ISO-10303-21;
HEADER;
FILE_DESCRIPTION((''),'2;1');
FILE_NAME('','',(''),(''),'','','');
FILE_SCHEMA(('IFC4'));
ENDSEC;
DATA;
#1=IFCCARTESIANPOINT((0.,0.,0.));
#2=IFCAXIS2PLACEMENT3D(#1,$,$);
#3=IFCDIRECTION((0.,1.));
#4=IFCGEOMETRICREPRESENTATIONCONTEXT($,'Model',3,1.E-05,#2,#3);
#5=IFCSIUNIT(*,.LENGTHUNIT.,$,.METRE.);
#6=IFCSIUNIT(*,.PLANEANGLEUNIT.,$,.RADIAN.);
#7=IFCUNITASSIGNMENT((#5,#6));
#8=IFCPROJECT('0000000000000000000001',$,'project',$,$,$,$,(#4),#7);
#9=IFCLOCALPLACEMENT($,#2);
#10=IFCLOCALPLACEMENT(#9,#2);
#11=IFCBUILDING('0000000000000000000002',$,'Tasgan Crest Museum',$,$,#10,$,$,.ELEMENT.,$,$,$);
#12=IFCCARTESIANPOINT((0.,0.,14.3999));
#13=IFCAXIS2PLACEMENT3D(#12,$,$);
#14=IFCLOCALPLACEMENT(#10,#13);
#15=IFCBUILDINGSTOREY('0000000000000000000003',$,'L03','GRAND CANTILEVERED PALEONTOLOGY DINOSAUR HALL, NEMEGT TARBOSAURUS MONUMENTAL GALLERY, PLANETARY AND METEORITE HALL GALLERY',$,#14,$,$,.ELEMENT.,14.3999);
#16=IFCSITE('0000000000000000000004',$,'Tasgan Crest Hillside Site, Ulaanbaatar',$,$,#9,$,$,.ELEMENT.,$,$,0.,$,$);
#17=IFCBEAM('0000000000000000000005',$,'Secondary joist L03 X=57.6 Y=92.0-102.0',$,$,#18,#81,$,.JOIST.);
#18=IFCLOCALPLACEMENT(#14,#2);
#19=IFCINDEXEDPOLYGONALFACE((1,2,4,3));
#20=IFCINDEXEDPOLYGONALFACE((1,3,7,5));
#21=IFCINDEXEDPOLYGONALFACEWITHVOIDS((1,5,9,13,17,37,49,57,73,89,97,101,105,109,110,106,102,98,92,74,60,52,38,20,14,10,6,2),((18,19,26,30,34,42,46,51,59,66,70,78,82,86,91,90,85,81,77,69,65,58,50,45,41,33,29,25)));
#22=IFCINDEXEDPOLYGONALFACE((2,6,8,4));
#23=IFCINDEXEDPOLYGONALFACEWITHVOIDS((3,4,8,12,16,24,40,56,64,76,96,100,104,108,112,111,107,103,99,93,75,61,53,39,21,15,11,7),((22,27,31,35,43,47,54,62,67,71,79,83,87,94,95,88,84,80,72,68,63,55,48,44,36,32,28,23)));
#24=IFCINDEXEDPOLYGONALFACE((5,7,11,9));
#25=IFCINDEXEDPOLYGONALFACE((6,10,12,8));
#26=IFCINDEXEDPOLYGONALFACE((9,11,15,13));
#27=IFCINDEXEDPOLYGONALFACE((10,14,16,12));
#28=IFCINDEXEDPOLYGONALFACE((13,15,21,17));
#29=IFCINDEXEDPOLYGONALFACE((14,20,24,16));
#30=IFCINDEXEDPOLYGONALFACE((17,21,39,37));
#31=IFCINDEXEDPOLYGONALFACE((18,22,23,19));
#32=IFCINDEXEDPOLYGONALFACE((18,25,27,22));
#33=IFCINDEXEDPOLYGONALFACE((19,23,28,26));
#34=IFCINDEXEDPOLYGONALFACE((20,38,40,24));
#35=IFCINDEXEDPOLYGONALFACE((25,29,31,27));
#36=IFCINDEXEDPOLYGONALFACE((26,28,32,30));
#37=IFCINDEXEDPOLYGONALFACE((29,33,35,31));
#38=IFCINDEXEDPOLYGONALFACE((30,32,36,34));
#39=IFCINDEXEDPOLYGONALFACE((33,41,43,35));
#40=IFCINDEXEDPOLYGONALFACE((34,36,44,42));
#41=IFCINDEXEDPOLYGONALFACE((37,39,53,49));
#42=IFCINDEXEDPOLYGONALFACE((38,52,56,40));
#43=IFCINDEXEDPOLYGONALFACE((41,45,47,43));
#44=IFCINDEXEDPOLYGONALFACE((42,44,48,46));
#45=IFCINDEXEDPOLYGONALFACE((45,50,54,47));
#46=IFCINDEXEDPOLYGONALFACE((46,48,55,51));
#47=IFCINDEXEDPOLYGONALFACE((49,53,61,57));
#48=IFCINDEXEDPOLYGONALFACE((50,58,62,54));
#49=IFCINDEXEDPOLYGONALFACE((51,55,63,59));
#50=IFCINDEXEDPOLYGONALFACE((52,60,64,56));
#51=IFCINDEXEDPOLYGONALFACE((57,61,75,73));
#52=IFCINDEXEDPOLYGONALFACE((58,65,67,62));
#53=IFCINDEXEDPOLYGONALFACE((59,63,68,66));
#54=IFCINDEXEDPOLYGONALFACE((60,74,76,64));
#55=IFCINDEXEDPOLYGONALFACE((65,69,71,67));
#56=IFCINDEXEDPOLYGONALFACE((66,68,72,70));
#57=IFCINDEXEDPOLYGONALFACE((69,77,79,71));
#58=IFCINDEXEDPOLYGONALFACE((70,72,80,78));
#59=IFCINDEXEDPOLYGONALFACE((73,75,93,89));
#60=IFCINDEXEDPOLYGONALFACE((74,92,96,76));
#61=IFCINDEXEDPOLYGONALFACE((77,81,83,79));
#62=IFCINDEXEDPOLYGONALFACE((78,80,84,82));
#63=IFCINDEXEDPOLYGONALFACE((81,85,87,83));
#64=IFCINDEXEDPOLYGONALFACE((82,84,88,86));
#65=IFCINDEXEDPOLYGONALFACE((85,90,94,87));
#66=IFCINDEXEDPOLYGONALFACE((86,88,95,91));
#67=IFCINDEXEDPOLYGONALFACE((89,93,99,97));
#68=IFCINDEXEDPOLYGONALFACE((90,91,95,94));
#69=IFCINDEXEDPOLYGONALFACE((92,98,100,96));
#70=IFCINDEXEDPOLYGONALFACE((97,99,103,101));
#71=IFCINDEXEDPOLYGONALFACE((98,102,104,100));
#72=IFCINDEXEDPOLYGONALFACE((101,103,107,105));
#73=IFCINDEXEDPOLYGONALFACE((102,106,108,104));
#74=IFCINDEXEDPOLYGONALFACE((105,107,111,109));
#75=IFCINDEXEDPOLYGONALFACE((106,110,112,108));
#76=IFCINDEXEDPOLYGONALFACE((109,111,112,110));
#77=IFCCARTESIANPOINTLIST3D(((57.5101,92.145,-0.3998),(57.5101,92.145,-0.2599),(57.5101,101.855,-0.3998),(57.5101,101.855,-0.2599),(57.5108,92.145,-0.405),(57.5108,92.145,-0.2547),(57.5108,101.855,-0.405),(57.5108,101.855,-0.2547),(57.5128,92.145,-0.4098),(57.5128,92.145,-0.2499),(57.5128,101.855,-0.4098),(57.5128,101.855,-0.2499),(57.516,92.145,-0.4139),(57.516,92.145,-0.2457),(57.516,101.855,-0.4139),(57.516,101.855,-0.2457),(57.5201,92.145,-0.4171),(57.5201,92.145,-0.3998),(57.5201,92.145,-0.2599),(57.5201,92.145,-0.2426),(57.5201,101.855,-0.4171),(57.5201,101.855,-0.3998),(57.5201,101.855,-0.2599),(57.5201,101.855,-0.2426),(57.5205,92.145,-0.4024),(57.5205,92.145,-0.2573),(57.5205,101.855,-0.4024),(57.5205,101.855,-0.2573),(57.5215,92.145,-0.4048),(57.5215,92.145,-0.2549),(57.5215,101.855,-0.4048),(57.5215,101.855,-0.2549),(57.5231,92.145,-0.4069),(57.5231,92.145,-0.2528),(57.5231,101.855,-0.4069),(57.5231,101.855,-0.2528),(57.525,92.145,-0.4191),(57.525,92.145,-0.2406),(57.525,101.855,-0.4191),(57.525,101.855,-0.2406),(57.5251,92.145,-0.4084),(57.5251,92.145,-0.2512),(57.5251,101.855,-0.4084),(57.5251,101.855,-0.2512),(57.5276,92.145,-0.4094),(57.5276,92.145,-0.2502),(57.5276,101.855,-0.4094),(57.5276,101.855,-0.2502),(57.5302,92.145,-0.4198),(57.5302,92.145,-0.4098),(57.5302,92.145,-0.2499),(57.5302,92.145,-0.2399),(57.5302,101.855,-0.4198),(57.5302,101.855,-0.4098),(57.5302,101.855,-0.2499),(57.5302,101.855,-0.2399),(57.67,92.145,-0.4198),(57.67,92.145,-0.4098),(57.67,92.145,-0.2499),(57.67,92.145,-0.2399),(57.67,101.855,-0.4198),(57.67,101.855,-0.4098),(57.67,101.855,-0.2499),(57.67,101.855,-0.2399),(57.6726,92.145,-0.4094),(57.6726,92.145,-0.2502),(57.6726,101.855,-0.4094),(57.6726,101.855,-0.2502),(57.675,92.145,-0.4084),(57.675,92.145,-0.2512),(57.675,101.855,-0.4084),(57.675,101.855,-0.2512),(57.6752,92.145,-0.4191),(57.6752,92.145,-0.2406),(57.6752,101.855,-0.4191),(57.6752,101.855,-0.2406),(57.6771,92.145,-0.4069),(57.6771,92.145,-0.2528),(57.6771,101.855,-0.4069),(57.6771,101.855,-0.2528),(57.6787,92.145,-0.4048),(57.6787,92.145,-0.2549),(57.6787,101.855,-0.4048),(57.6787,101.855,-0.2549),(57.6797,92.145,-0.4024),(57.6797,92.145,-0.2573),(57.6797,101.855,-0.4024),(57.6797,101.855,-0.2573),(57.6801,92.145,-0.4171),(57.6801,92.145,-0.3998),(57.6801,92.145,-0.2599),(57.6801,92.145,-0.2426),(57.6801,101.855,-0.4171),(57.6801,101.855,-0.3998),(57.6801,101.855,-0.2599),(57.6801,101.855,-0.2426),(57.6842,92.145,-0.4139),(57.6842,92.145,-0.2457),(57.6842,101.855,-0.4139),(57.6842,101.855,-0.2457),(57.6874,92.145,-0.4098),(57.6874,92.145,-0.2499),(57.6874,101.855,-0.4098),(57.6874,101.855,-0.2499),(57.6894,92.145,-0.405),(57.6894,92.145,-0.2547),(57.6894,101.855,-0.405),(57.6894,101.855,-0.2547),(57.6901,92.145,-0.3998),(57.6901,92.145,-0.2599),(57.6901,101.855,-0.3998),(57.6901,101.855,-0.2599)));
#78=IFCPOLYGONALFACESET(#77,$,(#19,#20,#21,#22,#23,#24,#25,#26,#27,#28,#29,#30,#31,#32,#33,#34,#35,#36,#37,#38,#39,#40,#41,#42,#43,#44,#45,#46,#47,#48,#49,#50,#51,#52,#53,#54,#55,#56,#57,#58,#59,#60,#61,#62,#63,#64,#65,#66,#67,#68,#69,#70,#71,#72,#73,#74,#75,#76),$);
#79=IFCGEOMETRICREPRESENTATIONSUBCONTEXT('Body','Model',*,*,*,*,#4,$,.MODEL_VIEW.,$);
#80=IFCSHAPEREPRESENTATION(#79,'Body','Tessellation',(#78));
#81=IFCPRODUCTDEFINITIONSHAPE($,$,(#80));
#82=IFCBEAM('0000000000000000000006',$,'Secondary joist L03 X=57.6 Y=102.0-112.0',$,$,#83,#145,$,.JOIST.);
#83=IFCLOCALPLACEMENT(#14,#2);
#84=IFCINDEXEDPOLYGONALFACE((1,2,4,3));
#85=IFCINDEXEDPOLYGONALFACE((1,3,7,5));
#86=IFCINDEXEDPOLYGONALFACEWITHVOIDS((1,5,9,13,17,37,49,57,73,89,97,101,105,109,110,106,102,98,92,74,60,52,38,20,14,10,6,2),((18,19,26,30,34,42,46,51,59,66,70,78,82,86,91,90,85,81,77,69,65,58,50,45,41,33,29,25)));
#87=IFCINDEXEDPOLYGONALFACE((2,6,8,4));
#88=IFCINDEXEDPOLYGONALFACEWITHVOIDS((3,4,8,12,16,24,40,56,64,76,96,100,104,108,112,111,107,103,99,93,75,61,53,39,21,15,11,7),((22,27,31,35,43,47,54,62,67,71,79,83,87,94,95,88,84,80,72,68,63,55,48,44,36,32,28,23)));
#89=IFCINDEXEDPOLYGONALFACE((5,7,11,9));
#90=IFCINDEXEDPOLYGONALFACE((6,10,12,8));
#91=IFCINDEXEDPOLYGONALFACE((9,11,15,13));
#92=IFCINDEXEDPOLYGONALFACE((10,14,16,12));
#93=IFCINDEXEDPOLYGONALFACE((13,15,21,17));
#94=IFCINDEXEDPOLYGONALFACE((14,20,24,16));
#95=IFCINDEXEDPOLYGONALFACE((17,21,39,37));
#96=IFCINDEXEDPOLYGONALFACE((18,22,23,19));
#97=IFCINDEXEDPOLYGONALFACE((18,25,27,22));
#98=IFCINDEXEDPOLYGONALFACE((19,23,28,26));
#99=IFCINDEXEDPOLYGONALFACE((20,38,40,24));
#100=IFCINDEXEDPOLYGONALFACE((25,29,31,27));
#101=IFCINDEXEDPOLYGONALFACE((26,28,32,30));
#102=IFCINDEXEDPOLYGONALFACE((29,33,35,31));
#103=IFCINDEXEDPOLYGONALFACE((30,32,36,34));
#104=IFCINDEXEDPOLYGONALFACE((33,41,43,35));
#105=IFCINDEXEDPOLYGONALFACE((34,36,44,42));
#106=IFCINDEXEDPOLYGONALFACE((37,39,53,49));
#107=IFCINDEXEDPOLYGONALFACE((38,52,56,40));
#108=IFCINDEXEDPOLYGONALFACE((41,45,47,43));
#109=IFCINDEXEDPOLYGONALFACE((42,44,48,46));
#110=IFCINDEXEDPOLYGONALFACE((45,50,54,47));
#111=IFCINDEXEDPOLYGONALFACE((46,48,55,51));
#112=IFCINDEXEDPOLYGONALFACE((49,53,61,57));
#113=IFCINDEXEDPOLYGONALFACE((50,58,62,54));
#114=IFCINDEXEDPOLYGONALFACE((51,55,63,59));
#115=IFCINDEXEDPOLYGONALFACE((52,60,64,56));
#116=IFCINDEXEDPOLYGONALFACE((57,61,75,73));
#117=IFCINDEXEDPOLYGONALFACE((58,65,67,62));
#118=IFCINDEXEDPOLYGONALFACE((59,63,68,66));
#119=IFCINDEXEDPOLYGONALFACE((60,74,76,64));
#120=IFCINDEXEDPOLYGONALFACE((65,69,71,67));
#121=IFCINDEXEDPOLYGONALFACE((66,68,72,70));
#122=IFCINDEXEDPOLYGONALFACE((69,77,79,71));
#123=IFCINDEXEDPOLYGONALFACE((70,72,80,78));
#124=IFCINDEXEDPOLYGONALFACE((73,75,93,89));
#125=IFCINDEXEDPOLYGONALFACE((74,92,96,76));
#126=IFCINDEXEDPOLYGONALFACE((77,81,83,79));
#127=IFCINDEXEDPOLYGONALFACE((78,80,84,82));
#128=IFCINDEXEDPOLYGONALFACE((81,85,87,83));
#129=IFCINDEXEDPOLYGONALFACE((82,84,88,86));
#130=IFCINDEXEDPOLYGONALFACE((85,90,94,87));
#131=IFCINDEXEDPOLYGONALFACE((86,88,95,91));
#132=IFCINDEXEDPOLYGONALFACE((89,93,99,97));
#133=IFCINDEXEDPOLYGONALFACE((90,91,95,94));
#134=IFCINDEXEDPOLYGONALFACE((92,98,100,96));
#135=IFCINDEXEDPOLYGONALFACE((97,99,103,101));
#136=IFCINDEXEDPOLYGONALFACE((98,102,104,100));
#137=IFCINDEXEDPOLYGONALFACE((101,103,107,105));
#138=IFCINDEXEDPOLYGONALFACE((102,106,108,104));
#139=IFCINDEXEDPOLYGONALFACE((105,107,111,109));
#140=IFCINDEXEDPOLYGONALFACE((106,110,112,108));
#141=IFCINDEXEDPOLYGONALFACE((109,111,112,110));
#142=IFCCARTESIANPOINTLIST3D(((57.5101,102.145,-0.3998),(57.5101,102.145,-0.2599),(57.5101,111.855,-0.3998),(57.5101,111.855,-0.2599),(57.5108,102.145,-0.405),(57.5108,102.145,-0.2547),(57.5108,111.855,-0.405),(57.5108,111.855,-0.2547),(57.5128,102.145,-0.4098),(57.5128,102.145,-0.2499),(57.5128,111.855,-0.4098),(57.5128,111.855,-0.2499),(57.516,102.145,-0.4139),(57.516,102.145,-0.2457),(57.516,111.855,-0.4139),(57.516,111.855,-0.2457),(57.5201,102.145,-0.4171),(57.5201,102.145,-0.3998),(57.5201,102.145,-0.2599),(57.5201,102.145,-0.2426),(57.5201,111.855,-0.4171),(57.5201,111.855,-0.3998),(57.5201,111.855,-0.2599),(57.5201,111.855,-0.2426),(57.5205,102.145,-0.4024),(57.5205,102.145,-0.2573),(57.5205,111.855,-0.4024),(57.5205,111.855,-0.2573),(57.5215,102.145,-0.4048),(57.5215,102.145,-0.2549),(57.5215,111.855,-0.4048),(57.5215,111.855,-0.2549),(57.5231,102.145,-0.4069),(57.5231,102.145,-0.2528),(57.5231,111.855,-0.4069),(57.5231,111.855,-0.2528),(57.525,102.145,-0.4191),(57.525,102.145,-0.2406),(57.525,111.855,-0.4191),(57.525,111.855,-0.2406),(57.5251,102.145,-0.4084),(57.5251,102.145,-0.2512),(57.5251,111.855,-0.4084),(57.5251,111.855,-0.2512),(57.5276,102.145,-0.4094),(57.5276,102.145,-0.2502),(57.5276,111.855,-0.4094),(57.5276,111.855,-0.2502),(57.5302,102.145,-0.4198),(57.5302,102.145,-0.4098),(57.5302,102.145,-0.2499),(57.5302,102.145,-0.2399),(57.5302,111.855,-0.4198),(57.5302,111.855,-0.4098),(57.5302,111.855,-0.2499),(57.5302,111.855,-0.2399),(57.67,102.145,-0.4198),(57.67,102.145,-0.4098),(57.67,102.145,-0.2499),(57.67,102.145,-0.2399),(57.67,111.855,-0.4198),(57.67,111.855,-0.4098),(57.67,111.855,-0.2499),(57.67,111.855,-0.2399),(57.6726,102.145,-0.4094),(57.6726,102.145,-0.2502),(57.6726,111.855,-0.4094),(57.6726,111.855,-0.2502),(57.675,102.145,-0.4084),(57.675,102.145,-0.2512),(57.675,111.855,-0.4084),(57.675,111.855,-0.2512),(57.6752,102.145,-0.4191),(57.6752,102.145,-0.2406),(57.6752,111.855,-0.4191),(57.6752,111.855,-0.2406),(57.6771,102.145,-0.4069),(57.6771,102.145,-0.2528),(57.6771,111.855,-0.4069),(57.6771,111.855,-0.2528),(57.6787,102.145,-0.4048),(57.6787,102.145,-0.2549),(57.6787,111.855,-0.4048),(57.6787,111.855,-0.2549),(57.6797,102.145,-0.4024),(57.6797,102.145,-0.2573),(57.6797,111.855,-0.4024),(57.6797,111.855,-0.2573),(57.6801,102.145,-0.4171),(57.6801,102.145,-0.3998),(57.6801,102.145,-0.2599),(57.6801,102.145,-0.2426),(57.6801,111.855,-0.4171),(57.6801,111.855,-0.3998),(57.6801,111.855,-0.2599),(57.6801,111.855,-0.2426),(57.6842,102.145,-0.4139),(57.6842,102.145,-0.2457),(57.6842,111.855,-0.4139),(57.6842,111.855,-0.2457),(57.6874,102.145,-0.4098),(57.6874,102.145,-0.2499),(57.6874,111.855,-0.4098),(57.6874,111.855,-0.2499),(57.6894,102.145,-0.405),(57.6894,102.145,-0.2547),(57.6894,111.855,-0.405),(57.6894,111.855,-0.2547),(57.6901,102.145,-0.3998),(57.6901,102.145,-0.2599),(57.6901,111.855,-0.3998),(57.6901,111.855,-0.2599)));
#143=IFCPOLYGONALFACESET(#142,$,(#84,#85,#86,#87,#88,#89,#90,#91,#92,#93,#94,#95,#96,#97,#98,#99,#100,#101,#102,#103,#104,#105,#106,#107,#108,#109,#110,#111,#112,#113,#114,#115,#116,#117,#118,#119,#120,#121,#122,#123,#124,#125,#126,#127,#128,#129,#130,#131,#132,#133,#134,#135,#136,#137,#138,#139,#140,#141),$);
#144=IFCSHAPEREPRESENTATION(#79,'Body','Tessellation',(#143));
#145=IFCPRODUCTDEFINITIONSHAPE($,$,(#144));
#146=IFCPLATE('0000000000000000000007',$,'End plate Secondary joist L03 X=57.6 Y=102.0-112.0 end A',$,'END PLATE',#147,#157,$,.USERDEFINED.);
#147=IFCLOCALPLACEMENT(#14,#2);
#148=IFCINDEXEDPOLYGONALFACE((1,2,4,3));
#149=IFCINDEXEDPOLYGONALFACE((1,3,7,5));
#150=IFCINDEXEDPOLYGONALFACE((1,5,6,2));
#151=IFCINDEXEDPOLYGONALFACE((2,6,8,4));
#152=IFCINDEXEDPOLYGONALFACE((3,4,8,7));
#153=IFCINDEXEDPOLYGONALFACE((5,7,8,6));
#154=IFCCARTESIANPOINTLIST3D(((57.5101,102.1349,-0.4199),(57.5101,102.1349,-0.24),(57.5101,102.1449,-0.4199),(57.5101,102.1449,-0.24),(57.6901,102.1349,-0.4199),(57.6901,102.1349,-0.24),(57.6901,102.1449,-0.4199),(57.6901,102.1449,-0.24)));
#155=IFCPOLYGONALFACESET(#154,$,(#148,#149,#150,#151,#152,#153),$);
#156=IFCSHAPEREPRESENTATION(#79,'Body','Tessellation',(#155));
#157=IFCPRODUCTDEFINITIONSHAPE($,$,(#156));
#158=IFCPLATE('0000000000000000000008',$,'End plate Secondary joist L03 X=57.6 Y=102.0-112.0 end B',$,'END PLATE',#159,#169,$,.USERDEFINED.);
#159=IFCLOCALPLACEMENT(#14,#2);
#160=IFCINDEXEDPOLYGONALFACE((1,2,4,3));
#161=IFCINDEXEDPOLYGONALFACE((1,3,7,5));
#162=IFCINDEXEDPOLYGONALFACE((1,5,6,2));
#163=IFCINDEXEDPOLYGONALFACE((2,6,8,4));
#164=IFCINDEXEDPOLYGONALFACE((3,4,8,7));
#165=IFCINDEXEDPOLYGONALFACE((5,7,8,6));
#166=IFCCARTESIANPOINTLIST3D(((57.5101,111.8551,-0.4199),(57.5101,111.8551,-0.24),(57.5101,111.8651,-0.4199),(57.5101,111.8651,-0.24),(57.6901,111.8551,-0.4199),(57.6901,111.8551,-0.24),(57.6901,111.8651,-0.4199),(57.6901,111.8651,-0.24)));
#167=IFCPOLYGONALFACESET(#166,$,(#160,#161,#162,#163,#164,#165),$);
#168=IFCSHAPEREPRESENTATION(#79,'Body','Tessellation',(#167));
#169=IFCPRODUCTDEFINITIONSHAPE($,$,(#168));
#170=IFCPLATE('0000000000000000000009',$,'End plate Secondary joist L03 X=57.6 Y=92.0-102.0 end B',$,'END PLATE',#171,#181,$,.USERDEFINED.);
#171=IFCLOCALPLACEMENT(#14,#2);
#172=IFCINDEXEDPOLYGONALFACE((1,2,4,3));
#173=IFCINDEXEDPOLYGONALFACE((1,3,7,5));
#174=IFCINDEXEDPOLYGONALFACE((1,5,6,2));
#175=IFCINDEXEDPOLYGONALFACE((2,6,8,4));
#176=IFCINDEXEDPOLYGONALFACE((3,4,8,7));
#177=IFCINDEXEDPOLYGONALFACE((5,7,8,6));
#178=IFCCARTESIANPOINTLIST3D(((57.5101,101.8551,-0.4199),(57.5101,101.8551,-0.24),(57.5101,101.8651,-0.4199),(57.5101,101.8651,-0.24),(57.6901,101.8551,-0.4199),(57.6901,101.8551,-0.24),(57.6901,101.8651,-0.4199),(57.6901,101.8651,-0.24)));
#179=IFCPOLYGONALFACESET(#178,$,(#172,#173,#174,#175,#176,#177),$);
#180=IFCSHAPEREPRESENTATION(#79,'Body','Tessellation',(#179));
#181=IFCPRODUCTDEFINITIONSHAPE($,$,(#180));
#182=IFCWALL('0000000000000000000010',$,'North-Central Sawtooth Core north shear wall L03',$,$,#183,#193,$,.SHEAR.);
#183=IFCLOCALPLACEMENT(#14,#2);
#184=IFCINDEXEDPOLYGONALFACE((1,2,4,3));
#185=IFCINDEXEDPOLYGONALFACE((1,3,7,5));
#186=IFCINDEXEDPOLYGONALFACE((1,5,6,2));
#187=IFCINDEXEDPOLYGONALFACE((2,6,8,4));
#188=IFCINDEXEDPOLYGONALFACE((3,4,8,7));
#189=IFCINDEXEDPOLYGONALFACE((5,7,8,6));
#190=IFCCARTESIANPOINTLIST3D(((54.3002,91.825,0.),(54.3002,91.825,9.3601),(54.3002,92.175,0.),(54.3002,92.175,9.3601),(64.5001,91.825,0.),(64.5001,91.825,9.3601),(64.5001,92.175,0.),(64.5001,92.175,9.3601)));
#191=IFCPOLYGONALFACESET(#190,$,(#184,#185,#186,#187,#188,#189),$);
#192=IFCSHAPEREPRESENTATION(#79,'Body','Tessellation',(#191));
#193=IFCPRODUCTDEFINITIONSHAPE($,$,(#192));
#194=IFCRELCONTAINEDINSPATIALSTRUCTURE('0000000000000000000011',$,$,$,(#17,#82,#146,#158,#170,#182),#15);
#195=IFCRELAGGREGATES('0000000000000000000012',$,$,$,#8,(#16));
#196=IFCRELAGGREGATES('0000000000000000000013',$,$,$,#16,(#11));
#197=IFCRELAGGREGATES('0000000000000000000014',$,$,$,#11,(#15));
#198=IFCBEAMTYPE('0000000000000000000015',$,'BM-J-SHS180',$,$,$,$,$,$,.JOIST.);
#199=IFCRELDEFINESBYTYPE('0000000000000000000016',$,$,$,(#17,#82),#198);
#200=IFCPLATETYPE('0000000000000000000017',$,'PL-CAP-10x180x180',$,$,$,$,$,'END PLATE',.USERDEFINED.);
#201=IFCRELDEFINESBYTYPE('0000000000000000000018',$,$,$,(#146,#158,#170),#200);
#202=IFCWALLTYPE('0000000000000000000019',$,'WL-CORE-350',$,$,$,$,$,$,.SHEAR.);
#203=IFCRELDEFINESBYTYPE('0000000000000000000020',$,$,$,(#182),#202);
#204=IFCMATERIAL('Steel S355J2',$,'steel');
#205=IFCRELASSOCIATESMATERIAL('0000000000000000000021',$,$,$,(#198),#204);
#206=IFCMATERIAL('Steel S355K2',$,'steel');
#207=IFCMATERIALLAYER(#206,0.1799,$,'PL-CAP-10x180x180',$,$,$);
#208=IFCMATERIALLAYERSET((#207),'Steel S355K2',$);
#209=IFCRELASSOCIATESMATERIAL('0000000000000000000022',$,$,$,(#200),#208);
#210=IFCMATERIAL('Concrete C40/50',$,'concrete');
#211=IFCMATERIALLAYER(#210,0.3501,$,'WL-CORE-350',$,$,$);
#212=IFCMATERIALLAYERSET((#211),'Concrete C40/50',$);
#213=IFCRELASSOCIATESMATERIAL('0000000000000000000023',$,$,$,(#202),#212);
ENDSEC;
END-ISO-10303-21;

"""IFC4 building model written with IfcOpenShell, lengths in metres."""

from ifc_helpers import new_model, si_unit, direction, frame, frame_2d, origin, origin_2d, place, context, subcontext, project, spatial, rectangle, hollow_rectangle, extrude, material, layer, layer_set, material_profile, profile_set, type_object, element, save


model = new_model("IFC4")

# Units and contexts
model_context = context("Model", 3, precision=1e-05, world=origin(), true_north=direction((0.0, 1.0)))
body_context = subcontext(model_context, "Body", "Model", "MODEL_VIEW")
ifc_project = project(units=[si_unit("LENGTHUNIT", "METRE"), si_unit("PLANEANGLEUNIT", "RADIAN")], contexts=[model_context])

# Site, building, storey
site_placement = place(None, origin())
site = spatial("IfcSite", under=ifc_project, at=site_placement, Name="Tasgan Crest Hillside Site, Ulaanbaatar", CompositionType="ELEMENT", RefElevation=0.0)
building_placement = place(site_placement, origin())
building = spatial("IfcBuilding", under=site, at=building_placement, Name="Tasgan Crest Museum", CompositionType="ELEMENT")
storey_placement = place(building_placement, frame((0.0, 0.0, 14.3999)))
storey = spatial("IfcBuildingStorey", under=building, at=storey_placement, Name="L03", Description="GRAND CANTILEVERED PALEONTOLOGY DINOSAUR HALL, NEMEGT TARBOSAURUS MONUMENTAL GALLERY, PLANETARY AND METEORITE HALL GALLERY", CompositionType="ELEMENT", Elevation=14.3999)

# Beams
ifc_material_1 = material(Name="Steel S355J2", Category="steel")
ifc_material_profile_1 = material_profile(ifc_material_1, hollow_rectangle(XDim=0.1799, YDim=0.1799, WallThickness=0.01, InnerFilletRadius=0.01, OuterFilletRadius=0.02, at=origin_2d()), Name="SHS 180x180x10")
ifc_profile_set_1 = profile_set([ifc_material_profile_1], Name="Steel S355J2")
beam_type_1 = type_object("IfcBeamType", Name="BM-J-SHS180", PredefinedType="JOIST", material=ifc_profile_set_1)
for number, where, z_axis, x_axis, name in (
    (1, (57.6001, 92.145, -0.3298), (0.0, 1.0, 0.0), (-1.0, 0.0, 0.0), "Secondary joist L03 X=57.6 Y=92.0-102.0"),
    (2, (57.6001, 102.145, -0.3298), (0.0, 1.0, 0.0), (-1.0, 0.0, 0.0), "Secondary joist L03 X=57.6 Y=102.0-112.0"),
):
    element("IfcBeam", number, at=place(storey_placement, frame(where, z_axis=z_axis, x_axis=x_axis)), inside=storey, type_object=beam_type_1, Name=name, PredefinedType="JOIST", context=body_context, shape_type="SweptSolid", body=[
        extrude(hollow_rectangle(XDim=0.1799, YDim=0.1799, WallThickness=0.01, InnerFilletRadius=0.01, OuterFilletRadius=0.02, at=origin_2d()), origin(), (0.0, 0.0, 1.0), 9.71),
    ])

# Plates
ifc_material_2 = material(Name="Steel S355K2", Category="steel")
ifc_layer_1 = layer(ifc_material_2, 0.1799, Name="PL-CAP-10x180x180")
ifc_layer_set_1 = layer_set([ifc_layer_1], Name="Steel S355K2")
plate_type = type_object("IfcPlateType", Name="PL-CAP-10x180x180", ElementType="END PLATE", PredefinedType="USERDEFINED", material=ifc_layer_set_1)
for number, where, z_axis, x_axis, name in (
    (3, (57.6001, 102.1399, -0.4199), (0.0, 0.0, 1.0), (0.0, 1.0, 0.0), "End plate Secondary joist L03 X=57.6 Y=102.0-112.0 end A"),
    (4, (57.6001, 111.8601, -0.4199), (0.0, 0.0, 1.0), (0.0, 1.0, 0.0), "End plate Secondary joist L03 X=57.6 Y=102.0-112.0 end B"),
    (5, (57.6001, 101.8601, -0.4199), (0.0, 0.0, 1.0), (0.0, 1.0, 0.0), "End plate Secondary joist L03 X=57.6 Y=92.0-102.0 end B"),
):
    element("IfcPlate", number, at=place(storey_placement, frame(where, z_axis=z_axis, x_axis=x_axis)), inside=storey, type_object=plate_type, Name=name, ObjectType="END PLATE", PredefinedType="USERDEFINED", context=body_context, shape_type="SweptSolid", body=[
        extrude(rectangle(XDim=0.01, YDim=0.1799, at=origin_2d()), origin(), (0.0, 0.0, 1.0), 0.1799),
    ])

# Wall
ifc_material_3 = material(Name="Concrete C40/50", Category="concrete")
ifc_layer_2 = layer(ifc_material_3, 0.3501, Name="WL-CORE-350")
ifc_layer_set_2 = layer_set([ifc_layer_2], Name="Concrete C40/50")
wall_type_1 = type_object("IfcWallType", Name="WL-CORE-350", PredefinedType="SHEAR", material=ifc_layer_set_2)
wall_1_placement = place(storey_placement, frame((54.3, 92.0, 0.0), z_axis=(0.0, 0.0, 1.0), x_axis=(1.0, 0.0, 0.0)))
element("IfcWall", 6, at=wall_1_placement, inside=storey, type_object=wall_type_1, Name="North-Central Sawtooth Core north shear wall L03", PredefinedType="SHEAR", context=body_context, shape_type="SweptSolid", body=[
    extrude(rectangle(XDim=10.2, YDim=0.3501, at=frame_2d((5.1001, 0.0))), origin(), (0.0, 0.0, 1.0), 9.3601),
])

save(model, "model.ifc")
